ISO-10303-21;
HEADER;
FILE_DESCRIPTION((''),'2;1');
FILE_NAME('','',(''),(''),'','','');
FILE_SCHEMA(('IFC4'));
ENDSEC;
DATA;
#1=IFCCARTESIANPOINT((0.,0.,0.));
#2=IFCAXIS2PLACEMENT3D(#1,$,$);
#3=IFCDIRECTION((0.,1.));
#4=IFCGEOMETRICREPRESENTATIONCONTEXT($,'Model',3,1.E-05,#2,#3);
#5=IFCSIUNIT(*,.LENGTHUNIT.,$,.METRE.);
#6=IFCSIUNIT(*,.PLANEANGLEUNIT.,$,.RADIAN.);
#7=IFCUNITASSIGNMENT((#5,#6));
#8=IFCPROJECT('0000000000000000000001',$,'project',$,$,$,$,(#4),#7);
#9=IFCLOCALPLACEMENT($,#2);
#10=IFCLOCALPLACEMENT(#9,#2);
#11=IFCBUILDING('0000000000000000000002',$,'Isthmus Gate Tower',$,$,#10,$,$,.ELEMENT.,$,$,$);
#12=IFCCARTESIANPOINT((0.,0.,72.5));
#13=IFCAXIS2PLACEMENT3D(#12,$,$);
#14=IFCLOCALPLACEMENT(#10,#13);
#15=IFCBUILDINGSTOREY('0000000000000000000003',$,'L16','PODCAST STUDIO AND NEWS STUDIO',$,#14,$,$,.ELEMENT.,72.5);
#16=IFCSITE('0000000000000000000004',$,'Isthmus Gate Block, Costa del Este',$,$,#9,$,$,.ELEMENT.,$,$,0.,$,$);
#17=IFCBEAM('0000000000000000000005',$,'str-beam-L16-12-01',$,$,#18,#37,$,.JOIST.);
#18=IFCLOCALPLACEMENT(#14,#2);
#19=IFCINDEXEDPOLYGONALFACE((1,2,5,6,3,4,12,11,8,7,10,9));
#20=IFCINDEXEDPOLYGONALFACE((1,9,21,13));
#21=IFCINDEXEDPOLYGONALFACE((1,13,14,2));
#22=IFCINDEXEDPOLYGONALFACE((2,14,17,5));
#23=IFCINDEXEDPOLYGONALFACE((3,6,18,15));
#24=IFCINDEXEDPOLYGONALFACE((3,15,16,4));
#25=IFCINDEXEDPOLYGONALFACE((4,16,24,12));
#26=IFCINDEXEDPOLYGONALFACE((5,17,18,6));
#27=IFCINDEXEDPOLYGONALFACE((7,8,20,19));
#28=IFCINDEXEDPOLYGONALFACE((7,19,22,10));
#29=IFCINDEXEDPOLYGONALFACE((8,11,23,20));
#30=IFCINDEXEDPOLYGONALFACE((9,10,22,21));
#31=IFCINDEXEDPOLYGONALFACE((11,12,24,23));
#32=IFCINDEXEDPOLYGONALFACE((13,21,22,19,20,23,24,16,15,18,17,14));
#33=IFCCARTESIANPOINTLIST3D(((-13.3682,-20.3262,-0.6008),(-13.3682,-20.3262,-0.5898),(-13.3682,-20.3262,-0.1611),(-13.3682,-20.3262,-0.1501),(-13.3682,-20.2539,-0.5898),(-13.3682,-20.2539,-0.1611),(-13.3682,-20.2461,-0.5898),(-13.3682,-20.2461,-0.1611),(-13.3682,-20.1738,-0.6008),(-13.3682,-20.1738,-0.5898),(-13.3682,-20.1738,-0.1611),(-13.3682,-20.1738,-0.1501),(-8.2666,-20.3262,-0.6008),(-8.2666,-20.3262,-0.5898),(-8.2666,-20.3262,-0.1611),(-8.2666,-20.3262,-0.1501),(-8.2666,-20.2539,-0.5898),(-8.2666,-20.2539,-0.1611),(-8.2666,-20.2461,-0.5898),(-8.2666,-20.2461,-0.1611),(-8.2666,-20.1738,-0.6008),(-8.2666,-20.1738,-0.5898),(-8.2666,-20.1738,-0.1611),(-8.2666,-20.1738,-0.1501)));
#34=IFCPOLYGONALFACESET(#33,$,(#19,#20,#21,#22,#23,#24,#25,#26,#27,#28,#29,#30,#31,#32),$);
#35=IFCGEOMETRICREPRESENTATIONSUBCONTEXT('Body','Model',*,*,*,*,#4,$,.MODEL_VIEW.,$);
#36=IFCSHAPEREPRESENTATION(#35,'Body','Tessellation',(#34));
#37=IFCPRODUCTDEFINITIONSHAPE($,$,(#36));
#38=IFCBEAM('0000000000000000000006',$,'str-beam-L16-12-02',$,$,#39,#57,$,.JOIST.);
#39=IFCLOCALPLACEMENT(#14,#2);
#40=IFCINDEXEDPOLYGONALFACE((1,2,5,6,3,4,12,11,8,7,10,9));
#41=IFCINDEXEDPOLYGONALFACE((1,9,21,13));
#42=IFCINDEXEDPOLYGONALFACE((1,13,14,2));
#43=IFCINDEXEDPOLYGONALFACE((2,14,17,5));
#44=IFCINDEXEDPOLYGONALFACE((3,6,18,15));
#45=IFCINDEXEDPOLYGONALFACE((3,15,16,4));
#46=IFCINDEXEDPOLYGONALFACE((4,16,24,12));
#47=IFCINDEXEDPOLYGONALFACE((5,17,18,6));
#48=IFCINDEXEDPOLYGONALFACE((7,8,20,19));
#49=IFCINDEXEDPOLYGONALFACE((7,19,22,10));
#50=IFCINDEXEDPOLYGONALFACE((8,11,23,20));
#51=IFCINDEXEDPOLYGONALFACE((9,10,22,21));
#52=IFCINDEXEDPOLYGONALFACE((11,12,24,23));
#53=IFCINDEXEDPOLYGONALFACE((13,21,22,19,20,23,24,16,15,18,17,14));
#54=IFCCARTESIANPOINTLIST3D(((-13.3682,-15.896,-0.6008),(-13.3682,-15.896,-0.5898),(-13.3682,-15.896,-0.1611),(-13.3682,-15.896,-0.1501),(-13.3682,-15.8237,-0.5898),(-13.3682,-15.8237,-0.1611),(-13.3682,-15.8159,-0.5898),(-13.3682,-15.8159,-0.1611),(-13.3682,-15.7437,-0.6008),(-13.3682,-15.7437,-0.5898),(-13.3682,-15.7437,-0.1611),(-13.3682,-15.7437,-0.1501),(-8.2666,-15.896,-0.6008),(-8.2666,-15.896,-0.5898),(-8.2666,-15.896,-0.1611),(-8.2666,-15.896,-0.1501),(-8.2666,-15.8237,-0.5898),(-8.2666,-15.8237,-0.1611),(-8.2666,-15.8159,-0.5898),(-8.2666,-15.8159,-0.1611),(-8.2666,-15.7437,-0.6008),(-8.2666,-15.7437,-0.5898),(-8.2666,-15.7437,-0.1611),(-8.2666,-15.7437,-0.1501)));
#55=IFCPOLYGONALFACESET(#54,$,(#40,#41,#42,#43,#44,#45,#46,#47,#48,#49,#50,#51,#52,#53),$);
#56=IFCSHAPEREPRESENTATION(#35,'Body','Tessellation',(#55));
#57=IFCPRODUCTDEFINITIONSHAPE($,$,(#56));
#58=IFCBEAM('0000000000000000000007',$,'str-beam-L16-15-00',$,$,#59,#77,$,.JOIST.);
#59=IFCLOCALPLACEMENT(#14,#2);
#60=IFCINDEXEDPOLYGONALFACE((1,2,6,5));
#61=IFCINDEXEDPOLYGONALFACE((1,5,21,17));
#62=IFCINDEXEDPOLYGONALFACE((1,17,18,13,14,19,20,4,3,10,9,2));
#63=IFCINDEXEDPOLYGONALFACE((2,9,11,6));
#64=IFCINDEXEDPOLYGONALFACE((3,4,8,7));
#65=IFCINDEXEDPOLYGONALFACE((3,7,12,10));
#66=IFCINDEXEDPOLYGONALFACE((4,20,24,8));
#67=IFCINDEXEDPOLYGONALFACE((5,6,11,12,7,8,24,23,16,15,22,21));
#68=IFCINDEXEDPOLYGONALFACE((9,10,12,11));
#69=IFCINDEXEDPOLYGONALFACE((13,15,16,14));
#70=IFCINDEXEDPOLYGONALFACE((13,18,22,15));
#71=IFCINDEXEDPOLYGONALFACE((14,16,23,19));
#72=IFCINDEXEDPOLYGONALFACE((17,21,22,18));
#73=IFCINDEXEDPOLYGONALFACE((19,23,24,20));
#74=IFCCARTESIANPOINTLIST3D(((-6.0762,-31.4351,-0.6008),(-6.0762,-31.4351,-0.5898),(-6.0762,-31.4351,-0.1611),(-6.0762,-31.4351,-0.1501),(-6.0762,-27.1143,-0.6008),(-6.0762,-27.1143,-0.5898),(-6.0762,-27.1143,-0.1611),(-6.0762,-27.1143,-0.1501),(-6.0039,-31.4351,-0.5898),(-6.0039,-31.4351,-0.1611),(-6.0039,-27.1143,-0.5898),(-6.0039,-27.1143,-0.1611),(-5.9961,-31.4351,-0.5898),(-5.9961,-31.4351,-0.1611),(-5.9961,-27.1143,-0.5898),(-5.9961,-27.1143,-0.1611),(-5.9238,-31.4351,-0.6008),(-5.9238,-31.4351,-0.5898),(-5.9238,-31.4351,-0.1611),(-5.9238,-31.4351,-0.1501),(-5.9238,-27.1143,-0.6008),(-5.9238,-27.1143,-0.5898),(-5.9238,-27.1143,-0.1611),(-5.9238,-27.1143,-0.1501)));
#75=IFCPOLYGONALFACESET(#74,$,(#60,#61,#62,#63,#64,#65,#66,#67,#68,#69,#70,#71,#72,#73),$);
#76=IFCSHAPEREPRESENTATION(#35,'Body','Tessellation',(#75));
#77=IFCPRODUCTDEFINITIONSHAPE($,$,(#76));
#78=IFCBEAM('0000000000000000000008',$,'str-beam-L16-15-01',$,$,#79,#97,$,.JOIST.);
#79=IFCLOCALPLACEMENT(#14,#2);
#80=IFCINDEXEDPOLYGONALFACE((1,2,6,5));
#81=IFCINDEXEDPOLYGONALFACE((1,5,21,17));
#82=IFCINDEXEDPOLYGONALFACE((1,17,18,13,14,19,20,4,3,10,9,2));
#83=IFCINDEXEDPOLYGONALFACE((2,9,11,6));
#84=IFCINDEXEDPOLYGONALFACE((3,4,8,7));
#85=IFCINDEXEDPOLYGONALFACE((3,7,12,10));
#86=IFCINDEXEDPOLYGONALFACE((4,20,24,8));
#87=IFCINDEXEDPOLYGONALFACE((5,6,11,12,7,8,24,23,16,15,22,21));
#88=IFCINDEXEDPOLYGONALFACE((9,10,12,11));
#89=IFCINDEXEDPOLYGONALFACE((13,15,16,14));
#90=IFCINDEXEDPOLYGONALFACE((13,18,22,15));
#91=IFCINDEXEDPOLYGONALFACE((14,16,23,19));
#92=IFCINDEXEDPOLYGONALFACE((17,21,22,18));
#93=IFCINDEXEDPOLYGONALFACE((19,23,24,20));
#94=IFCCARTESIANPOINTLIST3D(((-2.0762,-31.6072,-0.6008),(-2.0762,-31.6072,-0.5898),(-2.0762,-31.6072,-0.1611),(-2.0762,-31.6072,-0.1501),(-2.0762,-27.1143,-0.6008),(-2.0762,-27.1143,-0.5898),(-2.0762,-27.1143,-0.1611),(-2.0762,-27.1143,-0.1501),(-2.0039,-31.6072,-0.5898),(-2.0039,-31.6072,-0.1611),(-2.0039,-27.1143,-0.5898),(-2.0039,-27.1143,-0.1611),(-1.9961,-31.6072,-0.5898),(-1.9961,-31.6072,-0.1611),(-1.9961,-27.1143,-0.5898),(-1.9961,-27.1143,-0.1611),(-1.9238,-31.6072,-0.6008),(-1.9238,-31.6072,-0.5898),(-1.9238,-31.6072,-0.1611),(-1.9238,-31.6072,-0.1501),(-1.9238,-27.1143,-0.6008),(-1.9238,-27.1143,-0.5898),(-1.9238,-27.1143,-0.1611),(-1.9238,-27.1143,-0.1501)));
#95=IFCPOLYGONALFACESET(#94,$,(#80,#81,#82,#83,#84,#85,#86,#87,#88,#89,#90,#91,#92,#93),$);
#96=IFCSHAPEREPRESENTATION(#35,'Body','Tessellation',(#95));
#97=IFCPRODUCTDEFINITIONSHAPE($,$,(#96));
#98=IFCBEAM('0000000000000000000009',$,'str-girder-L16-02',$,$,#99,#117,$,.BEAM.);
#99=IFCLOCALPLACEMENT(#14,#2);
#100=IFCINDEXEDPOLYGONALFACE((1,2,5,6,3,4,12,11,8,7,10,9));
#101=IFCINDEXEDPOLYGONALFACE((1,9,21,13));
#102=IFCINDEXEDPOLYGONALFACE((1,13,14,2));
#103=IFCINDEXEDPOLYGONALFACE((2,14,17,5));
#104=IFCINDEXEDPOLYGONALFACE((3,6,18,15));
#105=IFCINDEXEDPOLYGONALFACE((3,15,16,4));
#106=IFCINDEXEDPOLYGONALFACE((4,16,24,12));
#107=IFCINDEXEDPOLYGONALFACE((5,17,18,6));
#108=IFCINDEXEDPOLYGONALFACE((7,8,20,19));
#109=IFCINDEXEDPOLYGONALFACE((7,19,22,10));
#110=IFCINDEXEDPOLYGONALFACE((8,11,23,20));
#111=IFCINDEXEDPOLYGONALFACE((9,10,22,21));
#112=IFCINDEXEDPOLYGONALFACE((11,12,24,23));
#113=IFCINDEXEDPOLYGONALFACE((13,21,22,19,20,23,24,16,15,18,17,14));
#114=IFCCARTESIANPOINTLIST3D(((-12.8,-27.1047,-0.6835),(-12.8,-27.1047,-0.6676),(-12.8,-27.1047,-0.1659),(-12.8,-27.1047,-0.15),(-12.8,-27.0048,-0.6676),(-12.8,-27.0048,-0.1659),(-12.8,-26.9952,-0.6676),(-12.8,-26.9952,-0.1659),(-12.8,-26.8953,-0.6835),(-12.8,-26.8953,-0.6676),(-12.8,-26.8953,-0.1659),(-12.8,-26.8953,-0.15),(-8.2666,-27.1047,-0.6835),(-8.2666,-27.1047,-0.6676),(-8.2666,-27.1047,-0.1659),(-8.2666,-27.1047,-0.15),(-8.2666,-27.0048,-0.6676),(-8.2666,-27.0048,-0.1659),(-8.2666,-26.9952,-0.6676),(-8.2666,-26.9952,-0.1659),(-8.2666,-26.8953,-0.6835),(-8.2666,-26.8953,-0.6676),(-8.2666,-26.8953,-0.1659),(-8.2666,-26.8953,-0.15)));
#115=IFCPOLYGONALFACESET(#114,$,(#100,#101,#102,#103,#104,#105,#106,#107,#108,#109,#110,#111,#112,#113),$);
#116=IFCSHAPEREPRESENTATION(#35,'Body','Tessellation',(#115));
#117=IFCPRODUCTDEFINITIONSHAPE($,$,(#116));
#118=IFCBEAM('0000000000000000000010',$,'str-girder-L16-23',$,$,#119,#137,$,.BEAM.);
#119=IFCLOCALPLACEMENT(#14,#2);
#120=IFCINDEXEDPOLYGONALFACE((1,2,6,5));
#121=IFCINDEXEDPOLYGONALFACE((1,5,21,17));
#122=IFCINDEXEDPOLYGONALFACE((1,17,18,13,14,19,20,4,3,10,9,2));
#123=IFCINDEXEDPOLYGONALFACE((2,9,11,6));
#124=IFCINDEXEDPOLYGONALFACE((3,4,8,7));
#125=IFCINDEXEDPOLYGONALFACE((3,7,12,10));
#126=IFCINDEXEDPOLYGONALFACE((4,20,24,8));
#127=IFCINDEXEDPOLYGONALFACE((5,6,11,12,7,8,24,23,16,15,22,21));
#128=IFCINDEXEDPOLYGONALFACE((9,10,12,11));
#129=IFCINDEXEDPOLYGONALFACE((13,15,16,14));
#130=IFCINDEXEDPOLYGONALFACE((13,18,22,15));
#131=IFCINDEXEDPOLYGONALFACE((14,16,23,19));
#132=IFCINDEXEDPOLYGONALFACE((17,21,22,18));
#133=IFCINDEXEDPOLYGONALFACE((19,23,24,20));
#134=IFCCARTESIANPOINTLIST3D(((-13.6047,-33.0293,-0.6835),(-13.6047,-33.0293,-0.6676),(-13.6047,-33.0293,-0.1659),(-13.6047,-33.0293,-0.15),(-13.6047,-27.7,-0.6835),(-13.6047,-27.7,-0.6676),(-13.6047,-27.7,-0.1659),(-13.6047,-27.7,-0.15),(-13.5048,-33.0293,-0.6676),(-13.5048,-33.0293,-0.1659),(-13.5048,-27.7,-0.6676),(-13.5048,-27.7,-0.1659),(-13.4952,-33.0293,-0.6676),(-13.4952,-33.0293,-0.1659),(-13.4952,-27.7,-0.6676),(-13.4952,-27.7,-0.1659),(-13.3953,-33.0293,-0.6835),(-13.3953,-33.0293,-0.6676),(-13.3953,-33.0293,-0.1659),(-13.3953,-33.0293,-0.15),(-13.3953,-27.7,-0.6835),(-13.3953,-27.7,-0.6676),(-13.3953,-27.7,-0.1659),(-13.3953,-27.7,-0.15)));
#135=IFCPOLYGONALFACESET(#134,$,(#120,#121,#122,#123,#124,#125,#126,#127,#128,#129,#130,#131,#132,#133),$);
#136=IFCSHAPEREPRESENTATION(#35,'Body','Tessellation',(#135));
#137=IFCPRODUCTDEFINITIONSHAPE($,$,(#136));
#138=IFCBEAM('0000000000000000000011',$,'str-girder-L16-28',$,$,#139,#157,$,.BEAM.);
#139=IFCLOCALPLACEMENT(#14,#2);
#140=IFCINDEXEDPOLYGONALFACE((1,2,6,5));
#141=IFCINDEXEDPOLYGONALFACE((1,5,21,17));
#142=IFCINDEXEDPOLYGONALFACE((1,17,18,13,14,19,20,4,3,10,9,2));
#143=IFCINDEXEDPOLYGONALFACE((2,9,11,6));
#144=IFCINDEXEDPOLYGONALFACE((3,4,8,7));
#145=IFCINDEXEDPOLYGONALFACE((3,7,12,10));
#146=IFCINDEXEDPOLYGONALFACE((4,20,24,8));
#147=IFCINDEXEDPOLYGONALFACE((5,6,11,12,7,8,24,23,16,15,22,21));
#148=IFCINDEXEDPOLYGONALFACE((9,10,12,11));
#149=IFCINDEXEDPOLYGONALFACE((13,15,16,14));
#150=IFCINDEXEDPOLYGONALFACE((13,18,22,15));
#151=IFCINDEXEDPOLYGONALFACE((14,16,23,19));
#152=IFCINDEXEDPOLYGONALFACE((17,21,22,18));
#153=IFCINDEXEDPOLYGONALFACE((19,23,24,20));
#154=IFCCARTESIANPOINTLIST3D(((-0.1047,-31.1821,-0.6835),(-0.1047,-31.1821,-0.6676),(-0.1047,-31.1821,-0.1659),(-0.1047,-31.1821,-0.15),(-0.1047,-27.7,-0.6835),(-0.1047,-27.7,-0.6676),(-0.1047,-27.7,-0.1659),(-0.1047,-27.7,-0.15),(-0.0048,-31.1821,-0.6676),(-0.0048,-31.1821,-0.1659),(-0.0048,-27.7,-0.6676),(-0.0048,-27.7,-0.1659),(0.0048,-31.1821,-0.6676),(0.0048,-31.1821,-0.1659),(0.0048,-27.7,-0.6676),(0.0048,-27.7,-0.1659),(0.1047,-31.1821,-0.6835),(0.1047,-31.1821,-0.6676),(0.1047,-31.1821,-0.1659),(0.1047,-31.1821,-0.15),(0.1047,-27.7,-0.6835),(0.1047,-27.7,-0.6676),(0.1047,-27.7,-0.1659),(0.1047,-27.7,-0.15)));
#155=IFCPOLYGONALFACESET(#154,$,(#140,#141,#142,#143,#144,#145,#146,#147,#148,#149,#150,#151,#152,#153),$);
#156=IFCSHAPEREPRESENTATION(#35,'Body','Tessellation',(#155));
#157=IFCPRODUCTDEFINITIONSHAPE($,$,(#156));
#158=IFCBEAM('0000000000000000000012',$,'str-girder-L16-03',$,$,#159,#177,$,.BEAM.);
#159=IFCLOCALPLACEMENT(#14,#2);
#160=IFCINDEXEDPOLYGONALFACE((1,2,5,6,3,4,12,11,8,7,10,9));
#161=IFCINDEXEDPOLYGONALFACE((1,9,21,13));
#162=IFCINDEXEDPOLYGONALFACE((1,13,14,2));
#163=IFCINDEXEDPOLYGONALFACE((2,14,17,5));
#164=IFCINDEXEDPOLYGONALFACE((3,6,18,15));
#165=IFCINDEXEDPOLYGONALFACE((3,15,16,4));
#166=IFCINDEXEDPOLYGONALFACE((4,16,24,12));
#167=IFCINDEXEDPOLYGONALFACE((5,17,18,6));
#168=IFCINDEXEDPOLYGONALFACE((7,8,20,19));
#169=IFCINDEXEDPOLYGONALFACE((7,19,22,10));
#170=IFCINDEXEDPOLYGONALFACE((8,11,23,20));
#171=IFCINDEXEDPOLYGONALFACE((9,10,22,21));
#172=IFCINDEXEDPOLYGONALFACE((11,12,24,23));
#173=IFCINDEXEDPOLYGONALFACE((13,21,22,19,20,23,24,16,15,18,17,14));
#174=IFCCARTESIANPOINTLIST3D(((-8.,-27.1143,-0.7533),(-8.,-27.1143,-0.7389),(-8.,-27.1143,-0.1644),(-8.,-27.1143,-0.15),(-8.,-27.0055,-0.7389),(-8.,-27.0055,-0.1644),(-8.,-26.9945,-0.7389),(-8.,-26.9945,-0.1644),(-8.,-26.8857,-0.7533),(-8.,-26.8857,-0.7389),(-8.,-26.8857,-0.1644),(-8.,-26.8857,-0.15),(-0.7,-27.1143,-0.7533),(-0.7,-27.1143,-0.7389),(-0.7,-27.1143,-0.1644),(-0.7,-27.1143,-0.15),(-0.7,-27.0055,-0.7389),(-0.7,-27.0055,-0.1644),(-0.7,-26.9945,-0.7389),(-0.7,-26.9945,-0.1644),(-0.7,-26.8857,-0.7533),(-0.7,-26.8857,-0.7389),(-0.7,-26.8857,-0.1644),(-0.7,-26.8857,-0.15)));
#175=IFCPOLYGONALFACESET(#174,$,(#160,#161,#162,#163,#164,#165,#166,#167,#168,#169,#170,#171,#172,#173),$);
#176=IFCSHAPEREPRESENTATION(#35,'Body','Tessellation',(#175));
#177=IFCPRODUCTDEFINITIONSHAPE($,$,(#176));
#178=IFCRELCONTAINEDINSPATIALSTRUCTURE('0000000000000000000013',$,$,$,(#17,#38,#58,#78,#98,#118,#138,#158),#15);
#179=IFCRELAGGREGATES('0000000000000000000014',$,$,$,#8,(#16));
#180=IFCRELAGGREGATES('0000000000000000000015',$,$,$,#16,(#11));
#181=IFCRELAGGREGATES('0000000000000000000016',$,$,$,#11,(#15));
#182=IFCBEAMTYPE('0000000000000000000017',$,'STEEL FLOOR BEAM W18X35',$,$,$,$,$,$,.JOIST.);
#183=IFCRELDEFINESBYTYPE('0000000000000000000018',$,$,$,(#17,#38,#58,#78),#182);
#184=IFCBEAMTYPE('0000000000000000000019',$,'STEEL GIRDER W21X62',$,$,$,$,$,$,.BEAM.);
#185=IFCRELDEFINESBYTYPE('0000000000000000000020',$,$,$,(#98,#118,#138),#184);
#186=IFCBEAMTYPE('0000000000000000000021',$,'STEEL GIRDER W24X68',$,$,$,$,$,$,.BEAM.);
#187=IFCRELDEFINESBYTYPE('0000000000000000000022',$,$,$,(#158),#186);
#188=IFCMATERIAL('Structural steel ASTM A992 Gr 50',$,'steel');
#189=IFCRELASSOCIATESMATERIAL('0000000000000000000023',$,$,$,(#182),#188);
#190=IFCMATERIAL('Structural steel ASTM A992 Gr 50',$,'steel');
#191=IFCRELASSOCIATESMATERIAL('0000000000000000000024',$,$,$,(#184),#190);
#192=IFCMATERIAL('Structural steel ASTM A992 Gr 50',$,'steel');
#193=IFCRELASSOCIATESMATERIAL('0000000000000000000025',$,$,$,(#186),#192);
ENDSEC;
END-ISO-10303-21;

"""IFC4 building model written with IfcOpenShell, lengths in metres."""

from ifc_helpers import new_model, si_unit, direction, frame, origin, origin_2d, place, context, subcontext, project, spatial, i_section, extrude, material, material_profile, profile_set, type_object, element, save


model = new_model("IFC4")

# Units and contexts
model_context = context("Model", 3, precision=1e-05, world=origin(), true_north=direction((0.0, 1.0)))
body_context = subcontext(model_context, "Body", "Model", "MODEL_VIEW")
ifc_project = project(units=[si_unit("LENGTHUNIT", "METRE"), si_unit("PLANEANGLEUNIT", "RADIAN")], contexts=[model_context])

# Site, building, storey
site_placement = place(None, origin())
site = spatial("IfcSite", under=ifc_project, at=site_placement, Name="Isthmus Gate Block, Costa del Este", CompositionType="ELEMENT", RefElevation=0.0)
building_placement = place(site_placement, origin())
building = spatial("IfcBuilding", under=site, at=building_placement, Name="Isthmus Gate Tower", CompositionType="ELEMENT")
storey_placement = place(building_placement, frame((0.0, 0.0, 72.5)))
storey = spatial("IfcBuildingStorey", under=building, at=storey_placement, Name="L16", Description="PODCAST STUDIO AND NEWS STUDIO", CompositionType="ELEMENT", Elevation=72.5)

# Beams
ifc_material_1 = material(Name="Structural steel ASTM A992 Gr 50", Category="steel")
ifc_material_profile_1 = material_profile(ifc_material_1, i_section(OverallWidth=0.1523, OverallDepth=0.4507, WebThickness=0.0078, FlangeThickness=0.011, at=origin_2d()), Name="W18X35")
ifc_profile_set_1 = profile_set([ifc_material_profile_1], Name="Structural steel ASTM A992 Gr 50")
beam_type_1 = type_object("IfcBeamType", Name="STEEL FLOOR BEAM W18X35", PredefinedType="JOIST", material=ifc_profile_set_1)
for number, where, z_axis, x_axis, name in (
    (1, (-13.3682, -20.25, -0.3755), (1.0, 0.0, 0.0), (0.0, 1.0, 0.0), "str-beam-L16-12-01"),
    (2, (-13.3682, -15.8198, -0.3755), (1.0, 0.0, 0.0), (0.0, 1.0, 0.0), "str-beam-L16-12-02"),
):
    element("IfcBeam", number, at=place(storey_placement, frame(where, z_axis=z_axis, x_axis=x_axis)), inside=storey, type_object=beam_type_1, Name=name, PredefinedType="JOIST", context=body_context, shape_type="SweptSolid", body=[
        extrude(i_section(OverallWidth=0.1523, OverallDepth=0.4507, WebThickness=0.0078, FlangeThickness=0.011, at=origin_2d()), origin(), (0.0, 0.0, 1.0), 5.1016),
    ])
beam_1_placement = place(storey_placement, frame((-6.0, -31.4351, -0.3755), z_axis=(0.0, 1.0, 0.0), x_axis=(-1.0, 0.0, 0.0)))
element("IfcBeam", 3, at=beam_1_placement, inside=storey, type_object=beam_type_1, Name="str-beam-L16-15-00", PredefinedType="JOIST", context=body_context, shape_type="SweptSolid", body=[
    extrude(i_section(OverallWidth=0.1523, OverallDepth=0.4507, WebThickness=0.0078, FlangeThickness=0.011, at=origin_2d()), origin(), (0.0, 0.0, 1.0), 4.3208),
])
beam_2_placement = place(storey_placement, frame((-2.0, -31.6072, -0.3755), z_axis=(0.0, 1.0, 0.0), x_axis=(-1.0, 0.0, 0.0)))
element("IfcBeam", 4, at=beam_2_placement, inside=storey, type_object=beam_type_1, Name="str-beam-L16-15-01", PredefinedType="JOIST", context=body_context, shape_type="SweptSolid", body=[
    extrude(i_section(OverallWidth=0.1523, OverallDepth=0.4507, WebThickness=0.0078, FlangeThickness=0.011, at=origin_2d()), origin(), (0.0, 0.0, 1.0), 4.4929),
])
ifc_material_2 = material(Name="Structural steel ASTM A992 Gr 50", Category="steel")
ifc_material_profile_2 = material_profile(ifc_material_2, i_section(OverallWidth=0.2095, OverallDepth=0.5334, WebThickness=0.0095, FlangeThickness=0.0159, at=origin_2d()), Name="W21X62")
ifc_profile_set_2 = profile_set([ifc_material_profile_2], Name="Structural steel ASTM A992 Gr 50")
beam_type_2 = type_object("IfcBeamType", Name="STEEL GIRDER W21X62", PredefinedType="BEAM", material=ifc_profile_set_2)
beam_3_placement = place(storey_placement, frame((-12.8, -27.0, -0.4167), z_axis=(1.0, 0.0, 0.0), x_axis=(0.0, 1.0, 0.0)))
element("IfcBeam", 5, at=beam_3_placement, inside=storey, type_object=beam_type_2, Name="str-girder-L16-02", PredefinedType="BEAM", context=body_context, shape_type="SweptSolid", body=[
    extrude(i_section(OverallWidth=0.2095, OverallDepth=0.5334, WebThickness=0.0095, FlangeThickness=0.0159, at=origin_2d()), origin(), (0.0, 0.0, 1.0), 4.5334),
])
beam_4_placement = place(storey_placement, frame((-13.5, -33.0293, -0.4167), z_axis=(0.0, 1.0, 0.0), x_axis=(-1.0, 0.0, 0.0)))
element("IfcBeam", 6, at=beam_4_placement, inside=storey, type_object=beam_type_2, Name="str-girder-L16-23", PredefinedType="BEAM", context=body_context, shape_type="SweptSolid", body=[
    extrude(i_section(OverallWidth=0.2095, OverallDepth=0.5334, WebThickness=0.0095, FlangeThickness=0.0159, at=origin_2d()), origin(), (0.0, 0.0, 1.0), 5.3293),
])
beam_5_placement = place(storey_placement, frame((0.0, -31.1821, -0.4167), z_axis=(0.0, 1.0, 0.0), x_axis=(-1.0, 0.0, 0.0)))
element("IfcBeam", 7, at=beam_5_placement, inside=storey, type_object=beam_type_2, Name="str-girder-L16-28", PredefinedType="BEAM", context=body_context, shape_type="SweptSolid", body=[
    extrude(i_section(OverallWidth=0.2095, OverallDepth=0.5334, WebThickness=0.0095, FlangeThickness=0.0159, at=origin_2d()), origin(), (0.0, 0.0, 1.0), 3.4822),
])
ifc_material_3 = material(Name="Structural steel ASTM A992 Gr 50", Category="steel")
ifc_material_profile_3 = material_profile(ifc_material_3, i_section(OverallWidth=0.2285, OverallDepth=0.6033, WebThickness=0.011, FlangeThickness=0.0144, at=origin_2d()), Name="W24X68")
ifc_profile_set_3 = profile_set([ifc_material_profile_3], Name="Structural steel ASTM A992 Gr 50")
beam_type_3 = type_object("IfcBeamType", Name="STEEL GIRDER W24X68", PredefinedType="BEAM", material=ifc_profile_set_3)
beam_6_placement = place(storey_placement, frame((-8.0, -27.0, -0.4517), z_axis=(1.0, 0.0, 0.0), x_axis=(0.0, 1.0, 0.0)))
element("IfcBeam", 8, at=beam_6_placement, inside=storey, type_object=beam_type_3, Name="str-girder-L16-03", PredefinedType="BEAM", context=body_context, shape_type="SweptSolid", body=[
    extrude(i_section(OverallWidth=0.2285, OverallDepth=0.6033, WebThickness=0.011, FlangeThickness=0.0144, at=origin_2d()), origin(), (0.0, 0.0, 1.0), 7.3),
])

save(model, "model.ifc")
